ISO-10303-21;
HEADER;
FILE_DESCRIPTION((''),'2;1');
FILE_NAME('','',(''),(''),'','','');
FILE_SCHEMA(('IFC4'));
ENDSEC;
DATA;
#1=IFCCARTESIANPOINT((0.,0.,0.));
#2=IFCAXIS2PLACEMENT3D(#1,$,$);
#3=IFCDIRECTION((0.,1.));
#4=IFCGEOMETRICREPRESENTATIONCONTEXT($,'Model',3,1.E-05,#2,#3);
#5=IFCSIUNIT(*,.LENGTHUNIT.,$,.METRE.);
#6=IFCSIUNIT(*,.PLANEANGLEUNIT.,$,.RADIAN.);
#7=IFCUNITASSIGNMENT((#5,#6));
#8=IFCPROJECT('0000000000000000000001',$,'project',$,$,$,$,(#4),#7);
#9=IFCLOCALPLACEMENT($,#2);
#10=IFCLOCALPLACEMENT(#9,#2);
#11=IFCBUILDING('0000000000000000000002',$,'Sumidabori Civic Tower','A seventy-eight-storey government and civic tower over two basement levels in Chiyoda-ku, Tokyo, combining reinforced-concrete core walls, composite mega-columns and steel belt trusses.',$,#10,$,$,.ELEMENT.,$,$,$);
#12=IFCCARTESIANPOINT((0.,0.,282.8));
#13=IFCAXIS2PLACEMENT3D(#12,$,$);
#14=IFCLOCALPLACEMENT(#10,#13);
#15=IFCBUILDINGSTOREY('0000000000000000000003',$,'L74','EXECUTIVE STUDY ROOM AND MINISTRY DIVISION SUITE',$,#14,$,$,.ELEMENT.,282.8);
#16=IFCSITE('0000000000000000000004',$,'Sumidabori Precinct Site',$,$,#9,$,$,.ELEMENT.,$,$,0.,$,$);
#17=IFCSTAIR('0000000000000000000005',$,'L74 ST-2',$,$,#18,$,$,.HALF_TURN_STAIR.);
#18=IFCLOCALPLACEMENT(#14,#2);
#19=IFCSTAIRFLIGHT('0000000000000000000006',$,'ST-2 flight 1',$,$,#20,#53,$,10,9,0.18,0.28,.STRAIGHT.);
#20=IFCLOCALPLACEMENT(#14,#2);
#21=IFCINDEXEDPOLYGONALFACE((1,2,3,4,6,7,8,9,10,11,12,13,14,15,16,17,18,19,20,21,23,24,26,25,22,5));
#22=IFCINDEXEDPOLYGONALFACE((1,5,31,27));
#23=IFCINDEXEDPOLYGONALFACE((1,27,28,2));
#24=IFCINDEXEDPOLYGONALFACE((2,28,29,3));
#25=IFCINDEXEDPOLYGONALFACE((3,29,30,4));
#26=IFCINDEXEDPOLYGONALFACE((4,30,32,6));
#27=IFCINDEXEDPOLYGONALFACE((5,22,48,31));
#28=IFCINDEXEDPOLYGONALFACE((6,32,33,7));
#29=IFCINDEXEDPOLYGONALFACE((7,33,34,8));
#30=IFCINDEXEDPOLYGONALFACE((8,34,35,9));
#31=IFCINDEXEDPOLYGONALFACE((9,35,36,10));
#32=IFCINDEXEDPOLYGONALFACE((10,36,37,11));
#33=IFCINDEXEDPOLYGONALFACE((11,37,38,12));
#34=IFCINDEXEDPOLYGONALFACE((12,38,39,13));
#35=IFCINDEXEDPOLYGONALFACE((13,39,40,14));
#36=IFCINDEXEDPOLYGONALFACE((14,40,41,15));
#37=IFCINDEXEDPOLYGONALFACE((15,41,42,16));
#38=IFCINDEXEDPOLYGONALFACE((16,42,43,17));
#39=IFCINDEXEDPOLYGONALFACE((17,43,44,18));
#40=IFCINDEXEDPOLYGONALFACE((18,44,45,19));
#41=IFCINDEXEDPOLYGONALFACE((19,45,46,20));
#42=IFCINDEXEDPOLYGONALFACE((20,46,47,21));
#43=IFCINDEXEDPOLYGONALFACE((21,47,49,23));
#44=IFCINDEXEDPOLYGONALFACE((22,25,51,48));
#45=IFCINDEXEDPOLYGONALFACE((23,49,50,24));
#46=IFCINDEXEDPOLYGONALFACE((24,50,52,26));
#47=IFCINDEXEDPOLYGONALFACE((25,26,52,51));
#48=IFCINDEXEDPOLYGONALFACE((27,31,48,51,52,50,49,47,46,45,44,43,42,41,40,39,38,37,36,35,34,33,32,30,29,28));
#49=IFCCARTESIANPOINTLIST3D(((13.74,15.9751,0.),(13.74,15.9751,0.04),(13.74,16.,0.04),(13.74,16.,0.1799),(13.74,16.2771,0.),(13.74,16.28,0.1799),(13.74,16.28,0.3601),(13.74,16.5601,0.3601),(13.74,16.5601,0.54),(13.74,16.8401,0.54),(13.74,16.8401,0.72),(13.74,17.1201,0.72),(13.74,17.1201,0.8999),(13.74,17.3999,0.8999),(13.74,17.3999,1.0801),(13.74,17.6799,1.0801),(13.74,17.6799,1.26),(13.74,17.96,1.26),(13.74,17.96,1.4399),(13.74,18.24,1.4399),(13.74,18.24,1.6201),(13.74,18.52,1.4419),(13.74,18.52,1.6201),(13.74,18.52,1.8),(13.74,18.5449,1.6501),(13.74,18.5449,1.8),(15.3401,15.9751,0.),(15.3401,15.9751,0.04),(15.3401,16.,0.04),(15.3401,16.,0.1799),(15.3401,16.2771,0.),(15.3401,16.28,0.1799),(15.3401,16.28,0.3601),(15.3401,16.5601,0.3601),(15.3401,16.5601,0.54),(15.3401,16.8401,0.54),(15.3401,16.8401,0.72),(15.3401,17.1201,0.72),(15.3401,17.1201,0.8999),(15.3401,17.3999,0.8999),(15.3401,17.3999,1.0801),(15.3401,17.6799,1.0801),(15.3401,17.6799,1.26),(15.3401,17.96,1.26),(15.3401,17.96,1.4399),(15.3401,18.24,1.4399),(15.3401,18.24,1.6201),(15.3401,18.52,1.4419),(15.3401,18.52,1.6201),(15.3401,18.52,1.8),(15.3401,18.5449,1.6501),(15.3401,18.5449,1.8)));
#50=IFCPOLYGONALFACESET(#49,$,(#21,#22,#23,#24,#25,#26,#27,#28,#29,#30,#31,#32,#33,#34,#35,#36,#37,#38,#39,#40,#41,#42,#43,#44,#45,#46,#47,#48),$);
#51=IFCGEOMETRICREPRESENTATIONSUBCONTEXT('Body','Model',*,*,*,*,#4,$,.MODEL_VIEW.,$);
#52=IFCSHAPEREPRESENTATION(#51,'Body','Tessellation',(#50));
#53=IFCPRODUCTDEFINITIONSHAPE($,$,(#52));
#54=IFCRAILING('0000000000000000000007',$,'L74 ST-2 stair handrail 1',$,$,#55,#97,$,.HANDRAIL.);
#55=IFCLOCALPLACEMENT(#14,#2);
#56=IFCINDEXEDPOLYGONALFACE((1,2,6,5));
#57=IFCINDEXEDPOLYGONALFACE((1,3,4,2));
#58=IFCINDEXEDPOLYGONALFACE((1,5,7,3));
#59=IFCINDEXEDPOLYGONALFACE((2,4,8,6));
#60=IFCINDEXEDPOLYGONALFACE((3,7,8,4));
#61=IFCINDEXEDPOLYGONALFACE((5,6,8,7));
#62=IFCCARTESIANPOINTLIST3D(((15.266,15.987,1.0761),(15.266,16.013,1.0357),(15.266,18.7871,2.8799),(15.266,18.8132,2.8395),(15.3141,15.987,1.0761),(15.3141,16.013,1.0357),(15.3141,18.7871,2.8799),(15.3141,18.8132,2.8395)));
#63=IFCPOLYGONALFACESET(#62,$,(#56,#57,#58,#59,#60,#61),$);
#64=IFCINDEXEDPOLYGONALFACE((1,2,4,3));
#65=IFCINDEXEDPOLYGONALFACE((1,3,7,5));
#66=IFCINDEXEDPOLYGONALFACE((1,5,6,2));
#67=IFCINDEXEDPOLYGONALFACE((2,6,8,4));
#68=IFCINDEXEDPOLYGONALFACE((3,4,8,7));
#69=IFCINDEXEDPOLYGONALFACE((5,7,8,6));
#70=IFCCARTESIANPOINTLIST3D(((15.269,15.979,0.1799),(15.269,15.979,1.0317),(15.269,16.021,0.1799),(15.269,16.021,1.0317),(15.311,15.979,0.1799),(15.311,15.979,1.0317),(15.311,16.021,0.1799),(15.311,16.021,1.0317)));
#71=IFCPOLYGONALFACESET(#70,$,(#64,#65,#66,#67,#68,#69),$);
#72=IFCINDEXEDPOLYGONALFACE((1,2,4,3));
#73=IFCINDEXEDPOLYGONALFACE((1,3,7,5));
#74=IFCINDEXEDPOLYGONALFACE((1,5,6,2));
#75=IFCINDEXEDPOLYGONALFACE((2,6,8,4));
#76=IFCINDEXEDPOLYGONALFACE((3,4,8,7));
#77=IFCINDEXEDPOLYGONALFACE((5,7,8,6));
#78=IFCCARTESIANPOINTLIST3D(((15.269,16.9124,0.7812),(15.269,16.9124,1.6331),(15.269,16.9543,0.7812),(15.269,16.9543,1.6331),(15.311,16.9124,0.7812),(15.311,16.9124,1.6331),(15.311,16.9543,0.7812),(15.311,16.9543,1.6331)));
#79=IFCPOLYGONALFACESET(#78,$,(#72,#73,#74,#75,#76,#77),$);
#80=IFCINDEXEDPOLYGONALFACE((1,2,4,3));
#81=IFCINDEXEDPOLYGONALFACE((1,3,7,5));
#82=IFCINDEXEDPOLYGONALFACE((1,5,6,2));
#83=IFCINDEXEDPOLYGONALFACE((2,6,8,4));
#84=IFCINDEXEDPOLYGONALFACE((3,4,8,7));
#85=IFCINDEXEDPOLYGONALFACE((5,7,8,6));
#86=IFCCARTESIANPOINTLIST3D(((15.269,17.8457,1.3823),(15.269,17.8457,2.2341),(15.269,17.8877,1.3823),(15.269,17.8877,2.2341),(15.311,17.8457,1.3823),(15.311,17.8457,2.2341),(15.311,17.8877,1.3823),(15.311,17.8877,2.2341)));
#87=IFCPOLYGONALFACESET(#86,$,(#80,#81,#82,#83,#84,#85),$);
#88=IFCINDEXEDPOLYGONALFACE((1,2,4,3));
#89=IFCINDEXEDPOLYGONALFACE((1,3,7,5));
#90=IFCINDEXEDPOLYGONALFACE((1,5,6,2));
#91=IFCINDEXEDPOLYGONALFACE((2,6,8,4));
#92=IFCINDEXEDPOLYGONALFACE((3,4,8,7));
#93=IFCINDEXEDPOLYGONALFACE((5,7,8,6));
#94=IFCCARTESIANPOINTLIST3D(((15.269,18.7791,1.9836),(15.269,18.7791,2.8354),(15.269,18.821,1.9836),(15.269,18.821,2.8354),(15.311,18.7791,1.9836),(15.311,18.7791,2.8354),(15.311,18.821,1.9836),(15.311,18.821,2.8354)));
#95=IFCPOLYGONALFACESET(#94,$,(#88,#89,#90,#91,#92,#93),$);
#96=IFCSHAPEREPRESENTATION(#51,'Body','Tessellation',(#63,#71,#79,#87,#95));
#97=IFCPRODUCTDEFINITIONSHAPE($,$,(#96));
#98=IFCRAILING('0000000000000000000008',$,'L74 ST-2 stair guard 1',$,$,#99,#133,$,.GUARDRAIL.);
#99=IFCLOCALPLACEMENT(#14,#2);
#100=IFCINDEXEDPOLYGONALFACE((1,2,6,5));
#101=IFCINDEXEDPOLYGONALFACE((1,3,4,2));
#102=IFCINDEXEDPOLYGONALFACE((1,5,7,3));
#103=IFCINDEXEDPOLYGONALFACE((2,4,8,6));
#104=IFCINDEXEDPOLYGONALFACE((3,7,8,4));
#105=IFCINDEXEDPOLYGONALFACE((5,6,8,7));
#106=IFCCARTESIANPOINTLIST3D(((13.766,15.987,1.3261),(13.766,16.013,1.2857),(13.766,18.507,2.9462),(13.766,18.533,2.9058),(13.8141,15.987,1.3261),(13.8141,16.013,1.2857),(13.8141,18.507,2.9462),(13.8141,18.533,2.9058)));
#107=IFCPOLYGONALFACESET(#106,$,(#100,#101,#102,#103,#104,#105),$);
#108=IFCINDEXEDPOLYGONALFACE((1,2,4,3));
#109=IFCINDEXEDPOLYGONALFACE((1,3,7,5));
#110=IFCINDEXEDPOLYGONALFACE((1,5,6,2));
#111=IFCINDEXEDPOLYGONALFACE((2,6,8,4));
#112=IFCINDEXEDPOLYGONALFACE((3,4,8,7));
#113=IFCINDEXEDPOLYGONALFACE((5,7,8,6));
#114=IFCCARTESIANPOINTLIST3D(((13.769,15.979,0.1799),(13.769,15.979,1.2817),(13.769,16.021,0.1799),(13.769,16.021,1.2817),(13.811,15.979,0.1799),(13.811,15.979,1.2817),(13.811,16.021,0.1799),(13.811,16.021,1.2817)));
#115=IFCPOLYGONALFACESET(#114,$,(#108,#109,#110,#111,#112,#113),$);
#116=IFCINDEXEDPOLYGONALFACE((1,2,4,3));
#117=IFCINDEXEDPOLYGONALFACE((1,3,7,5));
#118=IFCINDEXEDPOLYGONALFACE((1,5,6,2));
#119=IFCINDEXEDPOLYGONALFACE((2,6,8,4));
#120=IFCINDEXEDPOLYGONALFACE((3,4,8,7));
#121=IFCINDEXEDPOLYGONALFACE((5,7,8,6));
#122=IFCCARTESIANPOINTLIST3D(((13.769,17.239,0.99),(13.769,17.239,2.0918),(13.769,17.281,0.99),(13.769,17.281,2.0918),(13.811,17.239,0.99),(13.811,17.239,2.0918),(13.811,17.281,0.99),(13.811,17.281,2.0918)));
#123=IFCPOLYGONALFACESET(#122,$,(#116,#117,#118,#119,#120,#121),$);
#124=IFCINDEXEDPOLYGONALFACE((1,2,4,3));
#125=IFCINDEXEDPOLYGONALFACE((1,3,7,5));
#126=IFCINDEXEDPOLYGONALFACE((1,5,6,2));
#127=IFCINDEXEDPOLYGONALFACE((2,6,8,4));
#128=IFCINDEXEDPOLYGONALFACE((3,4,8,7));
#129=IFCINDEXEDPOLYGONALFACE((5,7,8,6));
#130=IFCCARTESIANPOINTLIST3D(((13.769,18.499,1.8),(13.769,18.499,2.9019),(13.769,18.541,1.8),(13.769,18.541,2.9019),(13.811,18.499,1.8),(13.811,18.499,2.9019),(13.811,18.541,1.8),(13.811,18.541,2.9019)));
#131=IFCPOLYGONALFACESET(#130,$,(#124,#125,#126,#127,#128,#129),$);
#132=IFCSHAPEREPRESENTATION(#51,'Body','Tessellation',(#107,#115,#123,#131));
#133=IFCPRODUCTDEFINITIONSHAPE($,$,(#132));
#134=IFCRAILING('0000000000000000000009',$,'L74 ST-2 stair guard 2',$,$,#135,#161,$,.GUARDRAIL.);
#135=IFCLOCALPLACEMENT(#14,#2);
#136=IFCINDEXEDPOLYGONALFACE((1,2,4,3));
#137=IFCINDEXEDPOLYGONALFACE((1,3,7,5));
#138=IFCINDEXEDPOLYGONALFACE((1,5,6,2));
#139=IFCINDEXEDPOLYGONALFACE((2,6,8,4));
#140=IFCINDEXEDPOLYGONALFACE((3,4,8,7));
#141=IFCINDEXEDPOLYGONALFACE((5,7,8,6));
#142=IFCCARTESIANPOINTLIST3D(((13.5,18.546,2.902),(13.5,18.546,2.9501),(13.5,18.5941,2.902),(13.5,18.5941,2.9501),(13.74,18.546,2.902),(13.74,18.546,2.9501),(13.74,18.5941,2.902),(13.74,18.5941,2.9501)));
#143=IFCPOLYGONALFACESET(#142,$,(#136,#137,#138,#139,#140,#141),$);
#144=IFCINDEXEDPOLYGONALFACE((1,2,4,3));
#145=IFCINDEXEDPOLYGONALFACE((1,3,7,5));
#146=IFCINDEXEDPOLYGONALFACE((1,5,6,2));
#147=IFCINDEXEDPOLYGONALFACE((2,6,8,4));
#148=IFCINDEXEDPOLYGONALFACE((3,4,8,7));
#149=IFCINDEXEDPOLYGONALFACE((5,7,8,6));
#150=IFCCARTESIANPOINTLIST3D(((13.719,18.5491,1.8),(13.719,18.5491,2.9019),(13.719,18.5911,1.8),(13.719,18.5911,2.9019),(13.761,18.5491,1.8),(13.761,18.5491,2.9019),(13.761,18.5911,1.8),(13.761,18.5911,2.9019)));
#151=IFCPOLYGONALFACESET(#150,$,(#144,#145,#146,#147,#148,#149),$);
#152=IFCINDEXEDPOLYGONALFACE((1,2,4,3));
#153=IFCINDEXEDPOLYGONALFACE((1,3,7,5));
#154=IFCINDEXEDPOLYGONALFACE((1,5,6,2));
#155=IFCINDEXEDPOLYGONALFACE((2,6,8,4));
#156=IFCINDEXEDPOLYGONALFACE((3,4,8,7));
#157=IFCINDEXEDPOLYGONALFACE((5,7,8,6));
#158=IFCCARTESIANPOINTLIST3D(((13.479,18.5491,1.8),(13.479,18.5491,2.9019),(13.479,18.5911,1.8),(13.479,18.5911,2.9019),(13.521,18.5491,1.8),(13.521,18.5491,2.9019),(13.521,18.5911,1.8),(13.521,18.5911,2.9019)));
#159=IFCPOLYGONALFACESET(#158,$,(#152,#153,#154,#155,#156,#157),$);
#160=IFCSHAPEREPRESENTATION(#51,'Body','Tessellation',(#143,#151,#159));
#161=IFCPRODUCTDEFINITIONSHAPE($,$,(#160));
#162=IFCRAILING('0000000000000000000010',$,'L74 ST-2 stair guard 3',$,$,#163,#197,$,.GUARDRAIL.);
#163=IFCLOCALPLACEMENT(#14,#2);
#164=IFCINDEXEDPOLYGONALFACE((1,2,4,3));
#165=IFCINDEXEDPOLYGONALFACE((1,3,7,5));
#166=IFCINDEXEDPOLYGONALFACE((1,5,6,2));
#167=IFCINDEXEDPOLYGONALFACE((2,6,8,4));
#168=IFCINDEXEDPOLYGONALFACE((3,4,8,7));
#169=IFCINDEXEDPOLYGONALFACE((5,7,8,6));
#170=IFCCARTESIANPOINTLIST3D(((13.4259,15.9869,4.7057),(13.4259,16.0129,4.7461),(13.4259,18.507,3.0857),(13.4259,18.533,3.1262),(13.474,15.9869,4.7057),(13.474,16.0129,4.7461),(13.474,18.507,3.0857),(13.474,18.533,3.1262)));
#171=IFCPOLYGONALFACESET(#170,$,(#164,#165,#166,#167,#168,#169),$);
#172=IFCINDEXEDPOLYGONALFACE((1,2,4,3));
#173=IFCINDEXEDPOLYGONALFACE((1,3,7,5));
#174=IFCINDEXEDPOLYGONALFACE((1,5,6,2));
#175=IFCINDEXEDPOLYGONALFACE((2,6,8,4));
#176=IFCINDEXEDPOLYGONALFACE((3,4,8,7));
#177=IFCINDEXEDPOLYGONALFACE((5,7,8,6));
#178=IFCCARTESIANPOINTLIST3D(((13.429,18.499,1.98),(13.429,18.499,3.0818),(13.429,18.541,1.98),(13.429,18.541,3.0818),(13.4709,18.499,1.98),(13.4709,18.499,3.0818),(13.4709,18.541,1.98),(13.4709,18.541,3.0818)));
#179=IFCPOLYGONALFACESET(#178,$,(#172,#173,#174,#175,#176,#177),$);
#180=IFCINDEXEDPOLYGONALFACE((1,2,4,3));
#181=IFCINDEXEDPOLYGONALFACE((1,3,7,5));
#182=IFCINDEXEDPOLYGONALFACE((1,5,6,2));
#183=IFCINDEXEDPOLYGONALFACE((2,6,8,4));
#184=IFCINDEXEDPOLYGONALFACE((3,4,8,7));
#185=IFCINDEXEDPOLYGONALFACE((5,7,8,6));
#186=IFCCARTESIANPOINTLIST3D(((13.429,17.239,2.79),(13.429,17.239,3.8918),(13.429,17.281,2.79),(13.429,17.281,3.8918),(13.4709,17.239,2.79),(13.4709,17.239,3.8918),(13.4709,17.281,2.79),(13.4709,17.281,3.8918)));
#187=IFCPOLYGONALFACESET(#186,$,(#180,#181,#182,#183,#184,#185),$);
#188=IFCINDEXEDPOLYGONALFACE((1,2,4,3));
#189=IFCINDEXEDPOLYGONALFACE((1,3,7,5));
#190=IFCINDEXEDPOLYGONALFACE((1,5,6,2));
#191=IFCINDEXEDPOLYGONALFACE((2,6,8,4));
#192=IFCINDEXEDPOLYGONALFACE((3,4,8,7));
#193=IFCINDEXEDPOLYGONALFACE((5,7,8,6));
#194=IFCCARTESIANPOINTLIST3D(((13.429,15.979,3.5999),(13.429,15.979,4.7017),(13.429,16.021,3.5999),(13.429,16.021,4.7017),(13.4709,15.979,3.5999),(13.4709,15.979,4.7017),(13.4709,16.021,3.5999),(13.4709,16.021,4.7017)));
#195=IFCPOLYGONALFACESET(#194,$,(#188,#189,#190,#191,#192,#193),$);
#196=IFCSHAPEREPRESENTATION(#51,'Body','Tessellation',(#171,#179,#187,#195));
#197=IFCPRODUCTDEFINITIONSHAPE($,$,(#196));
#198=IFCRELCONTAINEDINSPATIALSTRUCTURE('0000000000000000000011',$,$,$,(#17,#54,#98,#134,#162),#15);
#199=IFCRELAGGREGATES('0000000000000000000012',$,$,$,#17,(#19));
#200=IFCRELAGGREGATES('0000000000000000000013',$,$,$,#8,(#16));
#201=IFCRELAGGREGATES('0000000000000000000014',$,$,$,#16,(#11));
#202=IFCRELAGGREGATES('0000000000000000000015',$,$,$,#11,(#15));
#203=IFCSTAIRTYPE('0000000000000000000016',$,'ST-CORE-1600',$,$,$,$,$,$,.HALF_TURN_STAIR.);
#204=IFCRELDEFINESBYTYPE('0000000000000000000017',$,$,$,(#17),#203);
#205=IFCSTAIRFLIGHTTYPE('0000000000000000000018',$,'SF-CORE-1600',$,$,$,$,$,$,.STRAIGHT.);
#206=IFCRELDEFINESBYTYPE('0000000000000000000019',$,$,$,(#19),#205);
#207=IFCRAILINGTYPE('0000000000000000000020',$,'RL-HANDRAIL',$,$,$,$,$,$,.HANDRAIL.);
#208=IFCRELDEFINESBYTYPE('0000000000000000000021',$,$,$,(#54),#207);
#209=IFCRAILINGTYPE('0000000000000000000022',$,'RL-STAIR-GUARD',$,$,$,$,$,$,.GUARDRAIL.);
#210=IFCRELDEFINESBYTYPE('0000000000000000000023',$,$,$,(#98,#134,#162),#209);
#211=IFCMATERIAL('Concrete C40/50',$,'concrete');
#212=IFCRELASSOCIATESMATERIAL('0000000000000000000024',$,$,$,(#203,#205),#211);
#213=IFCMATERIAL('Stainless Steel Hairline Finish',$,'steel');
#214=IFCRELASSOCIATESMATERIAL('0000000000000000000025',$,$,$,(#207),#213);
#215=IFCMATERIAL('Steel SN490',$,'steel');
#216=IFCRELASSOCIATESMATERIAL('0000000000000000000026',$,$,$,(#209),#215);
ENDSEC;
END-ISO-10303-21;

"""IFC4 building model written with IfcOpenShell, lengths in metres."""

from ifc_helpers import new_model, si_unit, direction, frame, origin, origin_2d, place, context, subcontext, project, spatial, polyline, rectangle, outline, extrude, source, transform, mapped, material, type_object, element, aggregate, save


model = new_model("IFC4")

# Units and contexts
model_context = context("Model", 3, precision=1e-05, world=origin(), true_north=direction((0.0, 1.0)))
body_context = subcontext(model_context, "Body", "Model", "MODEL_VIEW")
ifc_project = project(units=[si_unit("LENGTHUNIT", "METRE"), si_unit("PLANEANGLEUNIT", "RADIAN")], contexts=[model_context])

# Site, building, storey
site_placement = place(None, origin())
site = spatial("IfcSite", under=ifc_project, at=site_placement, Name="Sumidabori Precinct Site", CompositionType="ELEMENT", RefElevation=0.0)
building_placement = place(site_placement, origin())
building = spatial("IfcBuilding", under=site, at=building_placement, Name="Sumidabori Civic Tower", Description="A seventy-eight-storey government and civic tower over two basement levels in Chiyoda-ku, Tokyo, combining reinforced-concrete core walls, composite mega-columns and steel belt trusses.", CompositionType="ELEMENT")
storey_placement = place(building_placement, frame((0.0, 0.0, 282.8)))
storey = spatial("IfcBuildingStorey", under=building, at=storey_placement, Name="L74", Description="EXECUTIVE STUDY ROOM AND MINISTRY DIVISION SUITE", CompositionType="ELEMENT", Elevation=282.8)

# Shared definitions
ifc_material_1 = material(Name="Steel SN490", Category="steel")

# Stair, stair flight
ifc_material_2 = material(Name="Concrete C40/50", Category="concrete")
stair_type = type_object("IfcStairType", Name="ST-CORE-1600", PredefinedType="HALF_TURN_STAIR", material=ifc_material_2)
stair_placement = place(storey_placement, origin())
stair = element("IfcStair", 1, at=stair_placement, inside=storey, type_object=stair_type, Name="L74 ST-2", PredefinedType="HALF_TURN_STAIR")
stair_flight_type = type_object("IfcStairFlightType", Name="SF-CORE-1600", PredefinedType="STRAIGHT", material=ifc_material_2)
shared_shape_1 = source(origin(), body_context, "Body", "SweptSolid", [
    extrude(outline(polyline([(-0.0249, 0.0), (-0.0249, 0.04), (0.0, 0.04), (0.0, 0.1799), (0.28, 0.1799), (0.28, 0.3601), (0.5601, 0.3601), (0.5601, 0.54), (0.8401, 0.54), (0.8401, 0.72), (1.1201, 0.72), (1.1201, 0.8999), (1.3999, 0.8999), (1.3999, 1.0801), (1.6799, 1.0801), (1.6799, 1.26), (1.96, 1.26), (1.96, 1.4399), (2.24, 1.4399), (2.24, 1.6201), (2.52, 1.6201), (2.52, 1.8), (2.5449, 1.8), (2.5449, 1.6501), (2.52, 1.4419), (0.2771, 0.0), (-0.0249, 0.0)])), frame((0.0, 0.8, 0.0), z_axis=(0.0, -1.0, 0.0), x_axis=(1.0, 0.0, 0.0)), (0.0, 0.0, 1.0), 1.6001),
])
stair_flight_placement = place(storey_placement, frame((14.54, 16.0, 0.0), z_axis=(0.0, 0.0, 1.0), x_axis=(0.0, 1.0, 0.0)))
stair_flight = element("IfcStairFlight", 2, at=stair_flight_placement, type_object=stair_flight_type, Name="ST-2 flight 1", NumberOfRisers=10, NumberOfTreads=9, PredefinedType="STRAIGHT", RiserHeight=0.18, TreadLength=0.28, context=body_context, shape_type="MappedRepresentation", body=[
    mapped(shared_shape_1, transform((0.0, 0.0, 0.0), x_axis=(1.0, 0.0, 0.0), y_axis=(0.0, 1.0, 0.0), z_axis=(0.0, 0.0, 1.0), scale=1.0)),
])
aggregate(stair, [stair_flight])

# Railings
ifc_material_3 = material(Name="Stainless Steel Hairline Finish", Category="steel")
railing_type_1 = type_object("IfcRailingType", Name="RL-HANDRAIL", PredefinedType="HANDRAIL", material=ifc_material_3)
railing_1_placement = place(storey_placement, frame((15.29, 16.0, 0.1799)))
element("IfcRailing", 3, at=railing_1_placement, inside=storey, type_object=railing_type_1, Name="L74 ST-2 stair handrail 1", PredefinedType="HANDRAIL", context=body_context, shape_type="SweptSolid", body=[
    extrude(rectangle(XDim=0.0481, YDim=0.0481, at=origin_2d()), frame((0.0, 0.0, 0.876), z_axis=(0.0, 0.840676, 0.541539), x_axis=(-1.0, 0.0, 0.0)), (0.0, 0.0, 1.0), 3.3308),
    extrude(rectangle(XDim=0.042, YDim=0.042, at=origin_2d()), origin(), (0.0, 0.0, 1.0), 0.8518),
    extrude(rectangle(XDim=0.042, YDim=0.042, at=origin_2d()), frame((0.0, 0.9333, 0.6013)), (0.0, 0.0, 1.0), 0.8518),
    extrude(rectangle(XDim=0.042, YDim=0.042, at=origin_2d()), frame((0.0, 1.8667, 1.2024)), (0.0, 0.0, 1.0), 0.8518),
    extrude(rectangle(XDim=0.042, YDim=0.042, at=origin_2d()), frame((0.0, 2.8, 1.8037)), (0.0, 0.0, 1.0), 0.8518),
])
railing_type_2 = type_object("IfcRailingType", Name="RL-STAIR-GUARD", PredefinedType="GUARDRAIL", material=ifc_material_1)
railing_2_placement = place(storey_placement, frame((13.79, 16.0, 0.1799)))
element("IfcRailing", 4, at=railing_2_placement, inside=storey, type_object=railing_type_2, Name="L74 ST-2 stair guard 1", PredefinedType="GUARDRAIL", context=body_context, shape_type="SweptSolid", body=[
    extrude(rectangle(XDim=0.0481, YDim=0.0481, at=origin_2d()), frame((0.0, 0.0, 1.126), z_axis=(0.0, 0.841163, 0.540782), x_axis=(-1.0, 0.0, 0.0)), (0.0, 0.0, 1.0), 2.9958),
    extrude(rectangle(XDim=0.042, YDim=0.042, at=origin_2d()), origin(), (0.0, 0.0, 1.0), 1.1018),
    extrude(rectangle(XDim=0.042, YDim=0.042, at=origin_2d()), frame((0.0, 1.26, 0.8101)), (0.0, 0.0, 1.0), 1.1018),
    extrude(rectangle(XDim=0.042, YDim=0.042, at=origin_2d()), frame((0.0, 2.52, 1.6201)), (0.0, 0.0, 1.0), 1.1018),
])
railing_3_placement = place(storey_placement, frame((13.74, 18.5701, 1.8)))
element("IfcRailing", 5, at=railing_3_placement, inside=storey, type_object=railing_type_2, Name="L74 ST-2 stair guard 2", PredefinedType="GUARDRAIL", context=body_context, shape_type="SweptSolid", body=[
    extrude(rectangle(XDim=0.0481, YDim=0.0481, at=origin_2d()), frame((0.0, 0.0, 1.126), z_axis=(-1.0, 0.0, 0.0), x_axis=(0.0, -1.0, 0.0)), (0.0, 0.0, 1.0), 0.24),
    extrude(rectangle(XDim=0.042, YDim=0.042, at=origin_2d()), origin(), (0.0, 0.0, 1.0), 1.1018),
    extrude(rectangle(XDim=0.042, YDim=0.042, at=origin_2d()), frame((-0.24, 0.0, 0.0)), (0.0, 0.0, 1.0), 1.1018),
])
railing_4_placement = place(storey_placement, frame((13.45, 18.52, 1.98)))
element("IfcRailing", 6, at=railing_4_placement, inside=storey, type_object=railing_type_2, Name="L74 ST-2 stair guard 3", PredefinedType="GUARDRAIL", context=body_context, shape_type="SweptSolid", body=[
    extrude(rectangle(XDim=0.0481, YDim=0.0481, at=origin_2d()), frame((0.0, 0.0, 1.126), z_axis=(0.0, -0.8412, 0.540725), x_axis=(1.0, 0.0, 0.0)), (0.0, 0.0, 1.0), 2.9958),
    extrude(rectangle(XDim=0.042, YDim=0.042, at=origin_2d()), origin(), (0.0, 0.0, 1.0), 1.1018),
    extrude(rectangle(XDim=0.042, YDim=0.042, at=origin_2d()), frame((0.0, -1.26, 0.8101)), (0.0, 0.0, 1.0), 1.1018),
    extrude(rectangle(XDim=0.042, YDim=0.042, at=origin_2d()), frame((0.0, -2.52, 1.6199)), (0.0, 0.0, 1.0), 1.1018),
])

save(model, "model.ifc")
